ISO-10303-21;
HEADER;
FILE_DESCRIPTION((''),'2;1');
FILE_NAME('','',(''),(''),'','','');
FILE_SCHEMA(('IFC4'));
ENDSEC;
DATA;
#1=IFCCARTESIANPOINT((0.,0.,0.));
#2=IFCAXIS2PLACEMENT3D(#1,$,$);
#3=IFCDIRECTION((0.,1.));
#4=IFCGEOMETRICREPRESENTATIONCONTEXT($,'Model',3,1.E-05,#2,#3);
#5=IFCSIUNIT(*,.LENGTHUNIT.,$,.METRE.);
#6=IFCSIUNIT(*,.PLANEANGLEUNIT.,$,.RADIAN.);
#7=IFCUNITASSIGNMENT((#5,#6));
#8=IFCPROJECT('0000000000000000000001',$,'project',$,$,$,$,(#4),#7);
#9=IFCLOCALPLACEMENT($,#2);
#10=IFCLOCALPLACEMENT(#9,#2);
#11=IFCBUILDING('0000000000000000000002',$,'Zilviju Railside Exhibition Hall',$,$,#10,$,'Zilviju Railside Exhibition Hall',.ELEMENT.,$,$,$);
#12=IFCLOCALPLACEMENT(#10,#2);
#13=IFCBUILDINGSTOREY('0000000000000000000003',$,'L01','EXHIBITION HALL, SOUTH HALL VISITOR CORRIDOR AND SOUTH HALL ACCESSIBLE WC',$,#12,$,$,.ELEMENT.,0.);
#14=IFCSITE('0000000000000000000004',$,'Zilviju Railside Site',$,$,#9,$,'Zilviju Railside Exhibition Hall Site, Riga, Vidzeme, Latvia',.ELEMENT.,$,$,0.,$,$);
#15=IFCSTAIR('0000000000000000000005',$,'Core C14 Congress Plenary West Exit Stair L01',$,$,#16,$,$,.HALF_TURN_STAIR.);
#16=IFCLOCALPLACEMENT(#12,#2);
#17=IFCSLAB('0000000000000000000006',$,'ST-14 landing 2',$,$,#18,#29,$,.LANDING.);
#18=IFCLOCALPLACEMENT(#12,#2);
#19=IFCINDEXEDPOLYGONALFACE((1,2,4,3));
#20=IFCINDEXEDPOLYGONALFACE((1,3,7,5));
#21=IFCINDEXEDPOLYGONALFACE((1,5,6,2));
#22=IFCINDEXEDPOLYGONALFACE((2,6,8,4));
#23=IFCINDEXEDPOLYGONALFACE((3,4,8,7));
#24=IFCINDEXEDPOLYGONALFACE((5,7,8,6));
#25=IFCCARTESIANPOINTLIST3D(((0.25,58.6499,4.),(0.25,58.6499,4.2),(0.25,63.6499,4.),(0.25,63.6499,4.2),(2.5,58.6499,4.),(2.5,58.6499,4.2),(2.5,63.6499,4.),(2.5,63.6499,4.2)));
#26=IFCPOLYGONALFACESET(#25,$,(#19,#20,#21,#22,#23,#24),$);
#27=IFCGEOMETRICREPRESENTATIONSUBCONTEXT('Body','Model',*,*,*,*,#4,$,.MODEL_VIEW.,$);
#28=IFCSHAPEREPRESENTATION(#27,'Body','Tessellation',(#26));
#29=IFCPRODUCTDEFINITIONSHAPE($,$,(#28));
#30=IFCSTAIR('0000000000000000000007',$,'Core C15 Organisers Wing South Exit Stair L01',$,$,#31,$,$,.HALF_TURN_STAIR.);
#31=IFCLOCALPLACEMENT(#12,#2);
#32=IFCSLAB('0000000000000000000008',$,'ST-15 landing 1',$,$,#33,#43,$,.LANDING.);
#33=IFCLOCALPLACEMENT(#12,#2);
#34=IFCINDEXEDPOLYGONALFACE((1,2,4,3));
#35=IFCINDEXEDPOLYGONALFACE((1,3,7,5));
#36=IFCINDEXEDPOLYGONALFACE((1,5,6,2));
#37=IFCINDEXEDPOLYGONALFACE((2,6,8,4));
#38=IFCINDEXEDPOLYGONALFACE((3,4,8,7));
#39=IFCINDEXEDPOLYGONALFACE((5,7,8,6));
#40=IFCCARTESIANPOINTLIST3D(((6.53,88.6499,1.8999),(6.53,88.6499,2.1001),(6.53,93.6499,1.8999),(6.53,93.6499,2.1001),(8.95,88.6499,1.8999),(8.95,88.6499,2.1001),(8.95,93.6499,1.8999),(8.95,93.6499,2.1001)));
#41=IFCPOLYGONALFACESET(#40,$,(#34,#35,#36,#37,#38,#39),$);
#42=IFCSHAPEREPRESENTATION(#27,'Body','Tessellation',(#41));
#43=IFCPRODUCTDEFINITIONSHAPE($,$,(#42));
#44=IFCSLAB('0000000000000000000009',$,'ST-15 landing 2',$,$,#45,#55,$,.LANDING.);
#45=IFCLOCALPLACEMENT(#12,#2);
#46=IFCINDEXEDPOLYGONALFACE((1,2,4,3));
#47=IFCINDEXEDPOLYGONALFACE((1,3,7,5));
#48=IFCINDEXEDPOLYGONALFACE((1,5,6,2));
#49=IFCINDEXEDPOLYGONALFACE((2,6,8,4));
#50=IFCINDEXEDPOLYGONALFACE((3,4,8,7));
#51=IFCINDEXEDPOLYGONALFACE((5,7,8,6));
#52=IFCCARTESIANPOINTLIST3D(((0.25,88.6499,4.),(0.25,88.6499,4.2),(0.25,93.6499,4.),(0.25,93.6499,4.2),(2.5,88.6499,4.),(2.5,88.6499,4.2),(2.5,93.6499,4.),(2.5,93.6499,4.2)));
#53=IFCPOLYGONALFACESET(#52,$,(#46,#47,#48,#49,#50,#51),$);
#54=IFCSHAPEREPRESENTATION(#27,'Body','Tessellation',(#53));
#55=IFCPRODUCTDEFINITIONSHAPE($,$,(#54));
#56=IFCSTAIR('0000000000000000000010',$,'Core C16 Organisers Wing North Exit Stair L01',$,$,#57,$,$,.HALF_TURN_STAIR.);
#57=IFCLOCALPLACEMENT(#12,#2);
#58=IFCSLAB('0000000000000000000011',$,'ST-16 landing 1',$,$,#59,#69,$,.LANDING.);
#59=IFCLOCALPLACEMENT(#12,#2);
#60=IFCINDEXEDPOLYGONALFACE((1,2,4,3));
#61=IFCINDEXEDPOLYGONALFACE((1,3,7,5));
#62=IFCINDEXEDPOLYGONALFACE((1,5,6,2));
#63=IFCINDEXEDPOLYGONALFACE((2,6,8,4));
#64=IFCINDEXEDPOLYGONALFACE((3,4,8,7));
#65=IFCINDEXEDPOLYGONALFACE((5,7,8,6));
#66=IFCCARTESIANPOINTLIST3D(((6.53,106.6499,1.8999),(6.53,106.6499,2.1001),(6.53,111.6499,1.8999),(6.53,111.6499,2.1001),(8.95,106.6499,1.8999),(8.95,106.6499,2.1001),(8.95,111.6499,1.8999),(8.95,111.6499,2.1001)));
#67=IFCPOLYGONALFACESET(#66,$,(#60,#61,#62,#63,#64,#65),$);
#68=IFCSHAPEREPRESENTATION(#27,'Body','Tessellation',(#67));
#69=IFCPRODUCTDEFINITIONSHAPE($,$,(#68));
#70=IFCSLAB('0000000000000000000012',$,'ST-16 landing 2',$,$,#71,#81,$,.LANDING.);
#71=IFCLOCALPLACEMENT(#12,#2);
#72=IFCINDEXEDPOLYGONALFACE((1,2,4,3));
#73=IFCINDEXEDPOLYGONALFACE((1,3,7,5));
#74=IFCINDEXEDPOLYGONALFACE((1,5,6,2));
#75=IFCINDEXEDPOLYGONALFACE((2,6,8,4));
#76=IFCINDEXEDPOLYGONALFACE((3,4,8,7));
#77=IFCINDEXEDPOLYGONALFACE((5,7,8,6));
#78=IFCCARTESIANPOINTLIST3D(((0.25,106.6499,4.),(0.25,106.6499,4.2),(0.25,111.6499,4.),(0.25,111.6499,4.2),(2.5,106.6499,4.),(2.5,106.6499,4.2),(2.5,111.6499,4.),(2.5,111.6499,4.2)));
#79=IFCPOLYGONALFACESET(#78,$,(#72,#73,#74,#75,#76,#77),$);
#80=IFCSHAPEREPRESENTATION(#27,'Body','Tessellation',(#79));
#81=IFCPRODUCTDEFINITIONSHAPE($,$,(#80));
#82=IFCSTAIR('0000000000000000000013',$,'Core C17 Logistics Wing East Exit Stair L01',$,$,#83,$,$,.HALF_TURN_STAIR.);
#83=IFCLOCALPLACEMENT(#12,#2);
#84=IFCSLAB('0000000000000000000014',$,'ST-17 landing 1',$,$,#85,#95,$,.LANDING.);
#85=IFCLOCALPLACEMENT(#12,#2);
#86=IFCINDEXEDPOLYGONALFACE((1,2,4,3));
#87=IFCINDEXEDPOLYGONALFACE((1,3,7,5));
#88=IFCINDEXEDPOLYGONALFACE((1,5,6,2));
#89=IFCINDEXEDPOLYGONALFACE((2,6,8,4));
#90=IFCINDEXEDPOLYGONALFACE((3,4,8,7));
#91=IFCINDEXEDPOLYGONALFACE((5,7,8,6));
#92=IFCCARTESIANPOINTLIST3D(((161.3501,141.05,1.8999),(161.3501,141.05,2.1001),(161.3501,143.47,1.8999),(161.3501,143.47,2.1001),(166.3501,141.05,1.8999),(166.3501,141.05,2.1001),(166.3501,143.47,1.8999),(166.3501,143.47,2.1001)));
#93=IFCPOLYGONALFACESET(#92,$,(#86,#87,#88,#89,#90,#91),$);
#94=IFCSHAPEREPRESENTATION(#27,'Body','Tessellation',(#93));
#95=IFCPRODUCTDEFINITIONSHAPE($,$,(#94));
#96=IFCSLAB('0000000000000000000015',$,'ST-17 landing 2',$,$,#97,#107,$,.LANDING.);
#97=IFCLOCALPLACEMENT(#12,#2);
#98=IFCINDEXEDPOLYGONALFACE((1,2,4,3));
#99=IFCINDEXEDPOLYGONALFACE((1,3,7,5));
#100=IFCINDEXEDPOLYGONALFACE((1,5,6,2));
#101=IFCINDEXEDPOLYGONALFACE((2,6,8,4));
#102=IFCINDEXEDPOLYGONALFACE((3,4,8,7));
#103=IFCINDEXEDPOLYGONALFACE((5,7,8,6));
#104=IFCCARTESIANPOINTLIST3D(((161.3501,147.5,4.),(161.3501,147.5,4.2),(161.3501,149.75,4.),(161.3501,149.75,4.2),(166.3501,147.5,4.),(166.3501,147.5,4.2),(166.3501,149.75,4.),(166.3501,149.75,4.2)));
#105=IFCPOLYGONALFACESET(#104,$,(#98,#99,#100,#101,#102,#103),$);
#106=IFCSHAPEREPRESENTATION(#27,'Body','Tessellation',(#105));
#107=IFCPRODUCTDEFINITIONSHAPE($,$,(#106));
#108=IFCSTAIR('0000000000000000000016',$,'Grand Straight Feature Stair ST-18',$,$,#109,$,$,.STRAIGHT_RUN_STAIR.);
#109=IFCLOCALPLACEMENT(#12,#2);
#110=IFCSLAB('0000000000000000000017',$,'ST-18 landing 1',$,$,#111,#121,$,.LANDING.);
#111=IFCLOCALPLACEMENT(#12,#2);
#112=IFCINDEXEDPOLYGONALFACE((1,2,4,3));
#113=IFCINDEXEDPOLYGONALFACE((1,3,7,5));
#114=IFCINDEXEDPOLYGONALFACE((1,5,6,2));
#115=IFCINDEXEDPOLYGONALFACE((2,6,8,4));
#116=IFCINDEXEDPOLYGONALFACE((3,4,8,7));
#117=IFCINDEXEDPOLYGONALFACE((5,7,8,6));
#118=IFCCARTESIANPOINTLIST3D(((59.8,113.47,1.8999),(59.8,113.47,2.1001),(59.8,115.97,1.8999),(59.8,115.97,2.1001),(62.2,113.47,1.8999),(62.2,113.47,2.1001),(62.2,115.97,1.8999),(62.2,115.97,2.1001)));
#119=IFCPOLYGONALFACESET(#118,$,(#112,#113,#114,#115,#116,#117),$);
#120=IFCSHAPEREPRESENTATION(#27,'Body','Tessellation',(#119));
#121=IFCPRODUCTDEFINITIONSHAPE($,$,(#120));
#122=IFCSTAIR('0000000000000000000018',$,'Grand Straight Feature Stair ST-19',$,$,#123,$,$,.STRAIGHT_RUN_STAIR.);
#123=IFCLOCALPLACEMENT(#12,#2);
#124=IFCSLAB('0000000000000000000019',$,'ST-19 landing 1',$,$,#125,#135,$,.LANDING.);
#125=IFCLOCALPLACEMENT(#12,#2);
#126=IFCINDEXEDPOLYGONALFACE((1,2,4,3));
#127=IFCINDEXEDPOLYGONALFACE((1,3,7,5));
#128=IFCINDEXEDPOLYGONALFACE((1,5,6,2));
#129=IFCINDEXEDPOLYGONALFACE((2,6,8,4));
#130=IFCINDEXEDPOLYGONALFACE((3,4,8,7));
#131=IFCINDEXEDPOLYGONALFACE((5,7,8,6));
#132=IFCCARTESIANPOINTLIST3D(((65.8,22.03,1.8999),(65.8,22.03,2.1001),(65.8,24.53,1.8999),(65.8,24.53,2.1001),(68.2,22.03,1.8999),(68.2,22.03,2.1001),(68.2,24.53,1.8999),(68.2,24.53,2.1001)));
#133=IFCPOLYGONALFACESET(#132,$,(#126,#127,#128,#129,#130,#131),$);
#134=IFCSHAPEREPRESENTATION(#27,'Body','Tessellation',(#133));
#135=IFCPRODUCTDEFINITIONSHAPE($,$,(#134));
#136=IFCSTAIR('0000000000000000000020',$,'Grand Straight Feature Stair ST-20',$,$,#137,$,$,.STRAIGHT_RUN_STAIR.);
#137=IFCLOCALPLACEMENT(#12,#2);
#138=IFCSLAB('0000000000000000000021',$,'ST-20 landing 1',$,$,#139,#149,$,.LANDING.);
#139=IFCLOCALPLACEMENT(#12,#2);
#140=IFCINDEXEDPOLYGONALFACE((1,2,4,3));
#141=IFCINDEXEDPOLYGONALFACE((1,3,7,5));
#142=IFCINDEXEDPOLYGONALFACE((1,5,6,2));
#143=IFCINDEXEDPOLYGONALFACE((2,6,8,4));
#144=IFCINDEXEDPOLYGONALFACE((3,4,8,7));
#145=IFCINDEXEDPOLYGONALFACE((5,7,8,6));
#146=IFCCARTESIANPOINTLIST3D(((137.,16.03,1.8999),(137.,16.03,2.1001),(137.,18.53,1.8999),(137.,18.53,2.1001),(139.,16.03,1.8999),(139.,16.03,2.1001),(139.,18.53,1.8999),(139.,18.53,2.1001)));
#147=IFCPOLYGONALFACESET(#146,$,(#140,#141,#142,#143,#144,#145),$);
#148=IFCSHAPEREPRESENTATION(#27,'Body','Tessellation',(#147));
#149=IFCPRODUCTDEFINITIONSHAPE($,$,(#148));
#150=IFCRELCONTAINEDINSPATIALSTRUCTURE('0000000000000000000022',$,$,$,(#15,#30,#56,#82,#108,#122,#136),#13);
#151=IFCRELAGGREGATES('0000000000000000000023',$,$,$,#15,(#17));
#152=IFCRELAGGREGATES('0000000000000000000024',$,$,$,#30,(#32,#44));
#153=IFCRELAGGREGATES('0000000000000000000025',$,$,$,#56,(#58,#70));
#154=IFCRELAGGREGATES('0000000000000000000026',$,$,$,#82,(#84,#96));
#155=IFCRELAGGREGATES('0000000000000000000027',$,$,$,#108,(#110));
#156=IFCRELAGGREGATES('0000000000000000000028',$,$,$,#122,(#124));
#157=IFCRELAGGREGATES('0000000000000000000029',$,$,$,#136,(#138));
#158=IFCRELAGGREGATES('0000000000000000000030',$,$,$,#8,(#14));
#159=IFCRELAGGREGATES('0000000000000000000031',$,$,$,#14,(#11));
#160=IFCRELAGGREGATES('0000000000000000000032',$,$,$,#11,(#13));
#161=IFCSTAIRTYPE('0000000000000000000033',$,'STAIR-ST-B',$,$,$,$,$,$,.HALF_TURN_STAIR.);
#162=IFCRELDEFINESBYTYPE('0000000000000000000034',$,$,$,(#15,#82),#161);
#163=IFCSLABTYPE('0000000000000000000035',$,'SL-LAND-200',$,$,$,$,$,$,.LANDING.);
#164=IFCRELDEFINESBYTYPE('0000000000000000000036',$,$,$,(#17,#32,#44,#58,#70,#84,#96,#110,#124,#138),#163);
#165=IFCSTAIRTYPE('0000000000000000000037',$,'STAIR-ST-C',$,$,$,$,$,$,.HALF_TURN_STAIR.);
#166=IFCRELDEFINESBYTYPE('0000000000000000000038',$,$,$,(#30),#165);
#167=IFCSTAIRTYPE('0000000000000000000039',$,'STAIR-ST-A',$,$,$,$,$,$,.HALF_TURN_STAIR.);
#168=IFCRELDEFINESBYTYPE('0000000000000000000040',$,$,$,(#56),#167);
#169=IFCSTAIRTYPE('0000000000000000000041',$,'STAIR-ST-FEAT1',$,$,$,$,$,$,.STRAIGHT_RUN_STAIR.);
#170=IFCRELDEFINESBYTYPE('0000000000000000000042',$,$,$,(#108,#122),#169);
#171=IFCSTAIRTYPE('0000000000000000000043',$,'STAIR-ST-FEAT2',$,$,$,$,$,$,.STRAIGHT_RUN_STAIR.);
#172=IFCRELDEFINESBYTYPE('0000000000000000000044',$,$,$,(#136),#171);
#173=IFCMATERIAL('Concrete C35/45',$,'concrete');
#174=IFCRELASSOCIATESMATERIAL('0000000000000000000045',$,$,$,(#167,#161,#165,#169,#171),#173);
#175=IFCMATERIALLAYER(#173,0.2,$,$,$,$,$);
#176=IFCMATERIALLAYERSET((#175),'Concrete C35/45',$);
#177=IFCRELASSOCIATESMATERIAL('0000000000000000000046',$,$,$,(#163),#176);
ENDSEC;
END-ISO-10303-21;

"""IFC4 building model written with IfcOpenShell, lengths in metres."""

from ifc_helpers import new_model, si_unit, direction, frame, origin, place, context, subcontext, project, spatial, polyline, outline, extrude, material, layer, layer_set, type_object, element, aggregate, save


model = new_model("IFC4")

# Units and contexts
model_context = context("Model", 3, precision=1e-05, world=origin(), true_north=direction((0.0, 1.0)))
body_context = subcontext(model_context, "Body", "Model", "MODEL_VIEW")
ifc_project = project(units=[si_unit("LENGTHUNIT", "METRE"), si_unit("PLANEANGLEUNIT", "RADIAN")], contexts=[model_context])

# Site, building, storey
site_placement = place(None, origin())
site = spatial("IfcSite", under=ifc_project, at=site_placement, Name="Zilviju Railside Site", LongName="Zilviju Railside Exhibition Hall Site, Riga, Vidzeme, Latvia", CompositionType="ELEMENT", RefElevation=0.0)
building_placement = place(site_placement, origin())
building = spatial("IfcBuilding", under=site, at=building_placement, Name="Zilviju Railside Exhibition Hall", LongName="Zilviju Railside Exhibition Hall", CompositionType="ELEMENT")
storey_placement = place(building_placement, origin())
storey = spatial("IfcBuildingStorey", under=building, at=storey_placement, Name="L01", Description="EXHIBITION HALL, SOUTH HALL VISITOR CORRIDOR AND SOUTH HALL ACCESSIBLE WC", CompositionType="ELEMENT", Elevation=0.0)

# Stairs, slabs
ifc_material_1 = material(Name="Concrete C35/45", Category="concrete")
stair_type_1 = type_object("IfcStairType", Name="STAIR-ST-A", PredefinedType="HALF_TURN_STAIR", material=ifc_material_1)
ifc_layer_1 = layer(ifc_material_1, 0.2)
ifc_layer_set_1 = layer_set([ifc_layer_1], Name="Concrete C35/45")
slab_type_1 = type_object("IfcSlabType", Name="SL-LAND-200", PredefinedType="LANDING", material=ifc_layer_set_1)
stair_type_2 = type_object("IfcStairType", Name="STAIR-ST-B", PredefinedType="HALF_TURN_STAIR", material=ifc_material_1)
stair_type_3 = type_object("IfcStairType", Name="STAIR-ST-C", PredefinedType="HALF_TURN_STAIR", material=ifc_material_1)
stair_1_placement = place(storey_placement, origin())
stair_1 = element("IfcStair", 1, at=stair_1_placement, inside=storey, type_object=stair_type_2, Name="Core C14 Congress Plenary West Exit Stair L01", PredefinedType="HALF_TURN_STAIR")
slab_1_placement = place(storey_placement, frame((0.0, 0.0, 4.0)))
slab_1 = element("IfcSlab", 2, at=slab_1_placement, type_object=slab_type_1, Name="ST-14 landing 2", PredefinedType="LANDING", context=body_context, shape_type="SweptSolid", body=[
    extrude(outline(polyline([(0.25, 58.6499), (0.25, 63.6499), (2.5, 63.6499), (2.5, 58.6499), (0.25, 58.6499)])), origin(), (0.0, 0.0, 1.0), 0.2),
])
aggregate(stair_1, [slab_1])
stair_2_placement = place(storey_placement, origin())
stair_2 = element("IfcStair", 3, at=stair_2_placement, inside=storey, type_object=stair_type_3, Name="Core C15 Organisers Wing South Exit Stair L01", PredefinedType="HALF_TURN_STAIR")
slab_2_placement = place(storey_placement, frame((0.0, 0.0, 1.8999)))
slab_2 = element("IfcSlab", 4, at=slab_2_placement, type_object=slab_type_1, Name="ST-15 landing 1", PredefinedType="LANDING", context=body_context, shape_type="SweptSolid", body=[
    extrude(outline(polyline([(6.53, 88.6499), (6.53, 93.6499), (8.95, 93.6499), (8.95, 88.6499), (6.53, 88.6499)])), origin(), (0.0, 0.0, 1.0), 0.2002),
])
slab_3_placement = place(storey_placement, frame((0.0, 0.0, 4.0)))
slab_3 = element("IfcSlab", 5, at=slab_3_placement, type_object=slab_type_1, Name="ST-15 landing 2", PredefinedType="LANDING", context=body_context, shape_type="SweptSolid", body=[
    extrude(outline(polyline([(0.25, 88.6499), (0.25, 93.6499), (2.5, 93.6499), (2.5, 88.6499), (0.25, 88.6499)])), origin(), (0.0, 0.0, 1.0), 0.2),
])
aggregate(stair_2, [slab_2, slab_3])
stair_3_placement = place(storey_placement, origin())
stair_3 = element("IfcStair", 6, at=stair_3_placement, inside=storey, type_object=stair_type_1, Name="Core C16 Organisers Wing North Exit Stair L01", PredefinedType="HALF_TURN_STAIR")
slab_4_placement = place(storey_placement, frame((0.0, 0.0, 1.8999)))
slab_4 = element("IfcSlab", 7, at=slab_4_placement, type_object=slab_type_1, Name="ST-16 landing 1", PredefinedType="LANDING", context=body_context, shape_type="SweptSolid", body=[
    extrude(outline(polyline([(6.53, 106.6499), (6.53, 111.6499), (8.95, 111.6499), (8.95, 106.6499), (6.53, 106.6499)])), origin(), (0.0, 0.0, 1.0), 0.2002),
])
slab_5_placement = place(storey_placement, frame((0.0, 0.0, 4.0)))
slab_5 = element("IfcSlab", 8, at=slab_5_placement, type_object=slab_type_1, Name="ST-16 landing 2", PredefinedType="LANDING", context=body_context, shape_type="SweptSolid", body=[
    extrude(outline(polyline([(0.25, 106.6499), (0.25, 111.6499), (2.5, 111.6499), (2.5, 106.6499), (0.25, 106.6499)])), origin(), (0.0, 0.0, 1.0), 0.2),
])
aggregate(stair_3, [slab_4, slab_5])
stair_4_placement = place(storey_placement, origin())
stair_4 = element("IfcStair", 9, at=stair_4_placement, inside=storey, type_object=stair_type_2, Name="Core C17 Logistics Wing East Exit Stair L01", PredefinedType="HALF_TURN_STAIR")
slab_6_placement = place(storey_placement, frame((0.0, 0.0, 1.8999)))
slab_6 = element("IfcSlab", 10, at=slab_6_placement, type_object=slab_type_1, Name="ST-17 landing 1", PredefinedType="LANDING", context=body_context, shape_type="SweptSolid", body=[
    extrude(outline(polyline([(166.3501, 143.47), (161.3501, 143.47), (161.3501, 141.05), (166.3501, 141.05), (166.3501, 143.47)])), origin(), (0.0, 0.0, 1.0), 0.2002),
])
slab_7_placement = place(storey_placement, frame((0.0, 0.0, 4.0)))
slab_7 = element("IfcSlab", 11, at=slab_7_placement, type_object=slab_type_1, Name="ST-17 landing 2", PredefinedType="LANDING", context=body_context, shape_type="SweptSolid", body=[
    extrude(outline(polyline([(166.3501, 149.75), (161.3501, 149.75), (161.3501, 147.5), (166.3501, 147.5), (166.3501, 149.75)])), origin(), (0.0, 0.0, 1.0), 0.2),
])
aggregate(stair_4, [slab_6, slab_7])

# Stairs, slabs
stair_type_4 = type_object("IfcStairType", Name="STAIR-ST-FEAT1", PredefinedType="STRAIGHT_RUN_STAIR", material=ifc_material_1)
stair_5_placement = place(storey_placement, origin())
stair_5 = element("IfcStair", 12, at=stair_5_placement, inside=storey, type_object=stair_type_4, Name="Grand Straight Feature Stair ST-18", PredefinedType="STRAIGHT_RUN_STAIR")
slab_8_placement = place(storey_placement, frame((0.0, 0.0, 1.8999)))
slab_8 = element("IfcSlab", 13, at=slab_8_placement, type_object=slab_type_1, Name="ST-18 landing 1", PredefinedType="LANDING", context=body_context, shape_type="SweptSolid", body=[
    extrude(outline(polyline([(59.8, 113.47), (62.2, 113.47), (62.2, 115.97), (59.8, 115.97), (59.8, 113.47)])), origin(), (0.0, 0.0, 1.0), 0.2002),
])
aggregate(stair_5, [slab_8])
stair_6_placement = place(storey_placement, origin())
stair_6 = element("IfcStair", 14, at=stair_6_placement, inside=storey, type_object=stair_type_4, Name="Grand Straight Feature Stair ST-19", PredefinedType="STRAIGHT_RUN_STAIR")
slab_9_placement = place(storey_placement, frame((0.0, 0.0, 1.8999)))
slab_9 = element("IfcSlab", 15, at=slab_9_placement, type_object=slab_type_1, Name="ST-19 landing 1", PredefinedType="LANDING", context=body_context, shape_type="SweptSolid", body=[
    extrude(outline(polyline([(65.8, 22.03), (68.2, 22.03), (68.2, 24.53), (65.8, 24.53), (65.8, 22.03)])), origin(), (0.0, 0.0, 1.0), 0.2002),
])
aggregate(stair_6, [slab_9])
stair_type_5 = type_object("IfcStairType", Name="STAIR-ST-FEAT2", PredefinedType="STRAIGHT_RUN_STAIR", material=ifc_material_1)
stair_7_placement = place(storey_placement, origin())
stair_7 = element("IfcStair", 16, at=stair_7_placement, inside=storey, type_object=stair_type_5, Name="Grand Straight Feature Stair ST-20", PredefinedType="STRAIGHT_RUN_STAIR")
slab_10_placement = place(storey_placement, frame((0.0, 0.0, 1.8999)))
slab_10 = element("IfcSlab", 17, at=slab_10_placement, type_object=slab_type_1, Name="ST-20 landing 1", PredefinedType="LANDING", context=body_context, shape_type="SweptSolid", body=[
    extrude(outline(polyline([(137.0, 16.03), (139.0, 16.03), (139.0, 18.53), (137.0, 18.53), (137.0, 16.03)])), origin(), (0.0, 0.0, 1.0), 0.2002),
])
aggregate(stair_7, [slab_10])

save(model, "model.ifc")
